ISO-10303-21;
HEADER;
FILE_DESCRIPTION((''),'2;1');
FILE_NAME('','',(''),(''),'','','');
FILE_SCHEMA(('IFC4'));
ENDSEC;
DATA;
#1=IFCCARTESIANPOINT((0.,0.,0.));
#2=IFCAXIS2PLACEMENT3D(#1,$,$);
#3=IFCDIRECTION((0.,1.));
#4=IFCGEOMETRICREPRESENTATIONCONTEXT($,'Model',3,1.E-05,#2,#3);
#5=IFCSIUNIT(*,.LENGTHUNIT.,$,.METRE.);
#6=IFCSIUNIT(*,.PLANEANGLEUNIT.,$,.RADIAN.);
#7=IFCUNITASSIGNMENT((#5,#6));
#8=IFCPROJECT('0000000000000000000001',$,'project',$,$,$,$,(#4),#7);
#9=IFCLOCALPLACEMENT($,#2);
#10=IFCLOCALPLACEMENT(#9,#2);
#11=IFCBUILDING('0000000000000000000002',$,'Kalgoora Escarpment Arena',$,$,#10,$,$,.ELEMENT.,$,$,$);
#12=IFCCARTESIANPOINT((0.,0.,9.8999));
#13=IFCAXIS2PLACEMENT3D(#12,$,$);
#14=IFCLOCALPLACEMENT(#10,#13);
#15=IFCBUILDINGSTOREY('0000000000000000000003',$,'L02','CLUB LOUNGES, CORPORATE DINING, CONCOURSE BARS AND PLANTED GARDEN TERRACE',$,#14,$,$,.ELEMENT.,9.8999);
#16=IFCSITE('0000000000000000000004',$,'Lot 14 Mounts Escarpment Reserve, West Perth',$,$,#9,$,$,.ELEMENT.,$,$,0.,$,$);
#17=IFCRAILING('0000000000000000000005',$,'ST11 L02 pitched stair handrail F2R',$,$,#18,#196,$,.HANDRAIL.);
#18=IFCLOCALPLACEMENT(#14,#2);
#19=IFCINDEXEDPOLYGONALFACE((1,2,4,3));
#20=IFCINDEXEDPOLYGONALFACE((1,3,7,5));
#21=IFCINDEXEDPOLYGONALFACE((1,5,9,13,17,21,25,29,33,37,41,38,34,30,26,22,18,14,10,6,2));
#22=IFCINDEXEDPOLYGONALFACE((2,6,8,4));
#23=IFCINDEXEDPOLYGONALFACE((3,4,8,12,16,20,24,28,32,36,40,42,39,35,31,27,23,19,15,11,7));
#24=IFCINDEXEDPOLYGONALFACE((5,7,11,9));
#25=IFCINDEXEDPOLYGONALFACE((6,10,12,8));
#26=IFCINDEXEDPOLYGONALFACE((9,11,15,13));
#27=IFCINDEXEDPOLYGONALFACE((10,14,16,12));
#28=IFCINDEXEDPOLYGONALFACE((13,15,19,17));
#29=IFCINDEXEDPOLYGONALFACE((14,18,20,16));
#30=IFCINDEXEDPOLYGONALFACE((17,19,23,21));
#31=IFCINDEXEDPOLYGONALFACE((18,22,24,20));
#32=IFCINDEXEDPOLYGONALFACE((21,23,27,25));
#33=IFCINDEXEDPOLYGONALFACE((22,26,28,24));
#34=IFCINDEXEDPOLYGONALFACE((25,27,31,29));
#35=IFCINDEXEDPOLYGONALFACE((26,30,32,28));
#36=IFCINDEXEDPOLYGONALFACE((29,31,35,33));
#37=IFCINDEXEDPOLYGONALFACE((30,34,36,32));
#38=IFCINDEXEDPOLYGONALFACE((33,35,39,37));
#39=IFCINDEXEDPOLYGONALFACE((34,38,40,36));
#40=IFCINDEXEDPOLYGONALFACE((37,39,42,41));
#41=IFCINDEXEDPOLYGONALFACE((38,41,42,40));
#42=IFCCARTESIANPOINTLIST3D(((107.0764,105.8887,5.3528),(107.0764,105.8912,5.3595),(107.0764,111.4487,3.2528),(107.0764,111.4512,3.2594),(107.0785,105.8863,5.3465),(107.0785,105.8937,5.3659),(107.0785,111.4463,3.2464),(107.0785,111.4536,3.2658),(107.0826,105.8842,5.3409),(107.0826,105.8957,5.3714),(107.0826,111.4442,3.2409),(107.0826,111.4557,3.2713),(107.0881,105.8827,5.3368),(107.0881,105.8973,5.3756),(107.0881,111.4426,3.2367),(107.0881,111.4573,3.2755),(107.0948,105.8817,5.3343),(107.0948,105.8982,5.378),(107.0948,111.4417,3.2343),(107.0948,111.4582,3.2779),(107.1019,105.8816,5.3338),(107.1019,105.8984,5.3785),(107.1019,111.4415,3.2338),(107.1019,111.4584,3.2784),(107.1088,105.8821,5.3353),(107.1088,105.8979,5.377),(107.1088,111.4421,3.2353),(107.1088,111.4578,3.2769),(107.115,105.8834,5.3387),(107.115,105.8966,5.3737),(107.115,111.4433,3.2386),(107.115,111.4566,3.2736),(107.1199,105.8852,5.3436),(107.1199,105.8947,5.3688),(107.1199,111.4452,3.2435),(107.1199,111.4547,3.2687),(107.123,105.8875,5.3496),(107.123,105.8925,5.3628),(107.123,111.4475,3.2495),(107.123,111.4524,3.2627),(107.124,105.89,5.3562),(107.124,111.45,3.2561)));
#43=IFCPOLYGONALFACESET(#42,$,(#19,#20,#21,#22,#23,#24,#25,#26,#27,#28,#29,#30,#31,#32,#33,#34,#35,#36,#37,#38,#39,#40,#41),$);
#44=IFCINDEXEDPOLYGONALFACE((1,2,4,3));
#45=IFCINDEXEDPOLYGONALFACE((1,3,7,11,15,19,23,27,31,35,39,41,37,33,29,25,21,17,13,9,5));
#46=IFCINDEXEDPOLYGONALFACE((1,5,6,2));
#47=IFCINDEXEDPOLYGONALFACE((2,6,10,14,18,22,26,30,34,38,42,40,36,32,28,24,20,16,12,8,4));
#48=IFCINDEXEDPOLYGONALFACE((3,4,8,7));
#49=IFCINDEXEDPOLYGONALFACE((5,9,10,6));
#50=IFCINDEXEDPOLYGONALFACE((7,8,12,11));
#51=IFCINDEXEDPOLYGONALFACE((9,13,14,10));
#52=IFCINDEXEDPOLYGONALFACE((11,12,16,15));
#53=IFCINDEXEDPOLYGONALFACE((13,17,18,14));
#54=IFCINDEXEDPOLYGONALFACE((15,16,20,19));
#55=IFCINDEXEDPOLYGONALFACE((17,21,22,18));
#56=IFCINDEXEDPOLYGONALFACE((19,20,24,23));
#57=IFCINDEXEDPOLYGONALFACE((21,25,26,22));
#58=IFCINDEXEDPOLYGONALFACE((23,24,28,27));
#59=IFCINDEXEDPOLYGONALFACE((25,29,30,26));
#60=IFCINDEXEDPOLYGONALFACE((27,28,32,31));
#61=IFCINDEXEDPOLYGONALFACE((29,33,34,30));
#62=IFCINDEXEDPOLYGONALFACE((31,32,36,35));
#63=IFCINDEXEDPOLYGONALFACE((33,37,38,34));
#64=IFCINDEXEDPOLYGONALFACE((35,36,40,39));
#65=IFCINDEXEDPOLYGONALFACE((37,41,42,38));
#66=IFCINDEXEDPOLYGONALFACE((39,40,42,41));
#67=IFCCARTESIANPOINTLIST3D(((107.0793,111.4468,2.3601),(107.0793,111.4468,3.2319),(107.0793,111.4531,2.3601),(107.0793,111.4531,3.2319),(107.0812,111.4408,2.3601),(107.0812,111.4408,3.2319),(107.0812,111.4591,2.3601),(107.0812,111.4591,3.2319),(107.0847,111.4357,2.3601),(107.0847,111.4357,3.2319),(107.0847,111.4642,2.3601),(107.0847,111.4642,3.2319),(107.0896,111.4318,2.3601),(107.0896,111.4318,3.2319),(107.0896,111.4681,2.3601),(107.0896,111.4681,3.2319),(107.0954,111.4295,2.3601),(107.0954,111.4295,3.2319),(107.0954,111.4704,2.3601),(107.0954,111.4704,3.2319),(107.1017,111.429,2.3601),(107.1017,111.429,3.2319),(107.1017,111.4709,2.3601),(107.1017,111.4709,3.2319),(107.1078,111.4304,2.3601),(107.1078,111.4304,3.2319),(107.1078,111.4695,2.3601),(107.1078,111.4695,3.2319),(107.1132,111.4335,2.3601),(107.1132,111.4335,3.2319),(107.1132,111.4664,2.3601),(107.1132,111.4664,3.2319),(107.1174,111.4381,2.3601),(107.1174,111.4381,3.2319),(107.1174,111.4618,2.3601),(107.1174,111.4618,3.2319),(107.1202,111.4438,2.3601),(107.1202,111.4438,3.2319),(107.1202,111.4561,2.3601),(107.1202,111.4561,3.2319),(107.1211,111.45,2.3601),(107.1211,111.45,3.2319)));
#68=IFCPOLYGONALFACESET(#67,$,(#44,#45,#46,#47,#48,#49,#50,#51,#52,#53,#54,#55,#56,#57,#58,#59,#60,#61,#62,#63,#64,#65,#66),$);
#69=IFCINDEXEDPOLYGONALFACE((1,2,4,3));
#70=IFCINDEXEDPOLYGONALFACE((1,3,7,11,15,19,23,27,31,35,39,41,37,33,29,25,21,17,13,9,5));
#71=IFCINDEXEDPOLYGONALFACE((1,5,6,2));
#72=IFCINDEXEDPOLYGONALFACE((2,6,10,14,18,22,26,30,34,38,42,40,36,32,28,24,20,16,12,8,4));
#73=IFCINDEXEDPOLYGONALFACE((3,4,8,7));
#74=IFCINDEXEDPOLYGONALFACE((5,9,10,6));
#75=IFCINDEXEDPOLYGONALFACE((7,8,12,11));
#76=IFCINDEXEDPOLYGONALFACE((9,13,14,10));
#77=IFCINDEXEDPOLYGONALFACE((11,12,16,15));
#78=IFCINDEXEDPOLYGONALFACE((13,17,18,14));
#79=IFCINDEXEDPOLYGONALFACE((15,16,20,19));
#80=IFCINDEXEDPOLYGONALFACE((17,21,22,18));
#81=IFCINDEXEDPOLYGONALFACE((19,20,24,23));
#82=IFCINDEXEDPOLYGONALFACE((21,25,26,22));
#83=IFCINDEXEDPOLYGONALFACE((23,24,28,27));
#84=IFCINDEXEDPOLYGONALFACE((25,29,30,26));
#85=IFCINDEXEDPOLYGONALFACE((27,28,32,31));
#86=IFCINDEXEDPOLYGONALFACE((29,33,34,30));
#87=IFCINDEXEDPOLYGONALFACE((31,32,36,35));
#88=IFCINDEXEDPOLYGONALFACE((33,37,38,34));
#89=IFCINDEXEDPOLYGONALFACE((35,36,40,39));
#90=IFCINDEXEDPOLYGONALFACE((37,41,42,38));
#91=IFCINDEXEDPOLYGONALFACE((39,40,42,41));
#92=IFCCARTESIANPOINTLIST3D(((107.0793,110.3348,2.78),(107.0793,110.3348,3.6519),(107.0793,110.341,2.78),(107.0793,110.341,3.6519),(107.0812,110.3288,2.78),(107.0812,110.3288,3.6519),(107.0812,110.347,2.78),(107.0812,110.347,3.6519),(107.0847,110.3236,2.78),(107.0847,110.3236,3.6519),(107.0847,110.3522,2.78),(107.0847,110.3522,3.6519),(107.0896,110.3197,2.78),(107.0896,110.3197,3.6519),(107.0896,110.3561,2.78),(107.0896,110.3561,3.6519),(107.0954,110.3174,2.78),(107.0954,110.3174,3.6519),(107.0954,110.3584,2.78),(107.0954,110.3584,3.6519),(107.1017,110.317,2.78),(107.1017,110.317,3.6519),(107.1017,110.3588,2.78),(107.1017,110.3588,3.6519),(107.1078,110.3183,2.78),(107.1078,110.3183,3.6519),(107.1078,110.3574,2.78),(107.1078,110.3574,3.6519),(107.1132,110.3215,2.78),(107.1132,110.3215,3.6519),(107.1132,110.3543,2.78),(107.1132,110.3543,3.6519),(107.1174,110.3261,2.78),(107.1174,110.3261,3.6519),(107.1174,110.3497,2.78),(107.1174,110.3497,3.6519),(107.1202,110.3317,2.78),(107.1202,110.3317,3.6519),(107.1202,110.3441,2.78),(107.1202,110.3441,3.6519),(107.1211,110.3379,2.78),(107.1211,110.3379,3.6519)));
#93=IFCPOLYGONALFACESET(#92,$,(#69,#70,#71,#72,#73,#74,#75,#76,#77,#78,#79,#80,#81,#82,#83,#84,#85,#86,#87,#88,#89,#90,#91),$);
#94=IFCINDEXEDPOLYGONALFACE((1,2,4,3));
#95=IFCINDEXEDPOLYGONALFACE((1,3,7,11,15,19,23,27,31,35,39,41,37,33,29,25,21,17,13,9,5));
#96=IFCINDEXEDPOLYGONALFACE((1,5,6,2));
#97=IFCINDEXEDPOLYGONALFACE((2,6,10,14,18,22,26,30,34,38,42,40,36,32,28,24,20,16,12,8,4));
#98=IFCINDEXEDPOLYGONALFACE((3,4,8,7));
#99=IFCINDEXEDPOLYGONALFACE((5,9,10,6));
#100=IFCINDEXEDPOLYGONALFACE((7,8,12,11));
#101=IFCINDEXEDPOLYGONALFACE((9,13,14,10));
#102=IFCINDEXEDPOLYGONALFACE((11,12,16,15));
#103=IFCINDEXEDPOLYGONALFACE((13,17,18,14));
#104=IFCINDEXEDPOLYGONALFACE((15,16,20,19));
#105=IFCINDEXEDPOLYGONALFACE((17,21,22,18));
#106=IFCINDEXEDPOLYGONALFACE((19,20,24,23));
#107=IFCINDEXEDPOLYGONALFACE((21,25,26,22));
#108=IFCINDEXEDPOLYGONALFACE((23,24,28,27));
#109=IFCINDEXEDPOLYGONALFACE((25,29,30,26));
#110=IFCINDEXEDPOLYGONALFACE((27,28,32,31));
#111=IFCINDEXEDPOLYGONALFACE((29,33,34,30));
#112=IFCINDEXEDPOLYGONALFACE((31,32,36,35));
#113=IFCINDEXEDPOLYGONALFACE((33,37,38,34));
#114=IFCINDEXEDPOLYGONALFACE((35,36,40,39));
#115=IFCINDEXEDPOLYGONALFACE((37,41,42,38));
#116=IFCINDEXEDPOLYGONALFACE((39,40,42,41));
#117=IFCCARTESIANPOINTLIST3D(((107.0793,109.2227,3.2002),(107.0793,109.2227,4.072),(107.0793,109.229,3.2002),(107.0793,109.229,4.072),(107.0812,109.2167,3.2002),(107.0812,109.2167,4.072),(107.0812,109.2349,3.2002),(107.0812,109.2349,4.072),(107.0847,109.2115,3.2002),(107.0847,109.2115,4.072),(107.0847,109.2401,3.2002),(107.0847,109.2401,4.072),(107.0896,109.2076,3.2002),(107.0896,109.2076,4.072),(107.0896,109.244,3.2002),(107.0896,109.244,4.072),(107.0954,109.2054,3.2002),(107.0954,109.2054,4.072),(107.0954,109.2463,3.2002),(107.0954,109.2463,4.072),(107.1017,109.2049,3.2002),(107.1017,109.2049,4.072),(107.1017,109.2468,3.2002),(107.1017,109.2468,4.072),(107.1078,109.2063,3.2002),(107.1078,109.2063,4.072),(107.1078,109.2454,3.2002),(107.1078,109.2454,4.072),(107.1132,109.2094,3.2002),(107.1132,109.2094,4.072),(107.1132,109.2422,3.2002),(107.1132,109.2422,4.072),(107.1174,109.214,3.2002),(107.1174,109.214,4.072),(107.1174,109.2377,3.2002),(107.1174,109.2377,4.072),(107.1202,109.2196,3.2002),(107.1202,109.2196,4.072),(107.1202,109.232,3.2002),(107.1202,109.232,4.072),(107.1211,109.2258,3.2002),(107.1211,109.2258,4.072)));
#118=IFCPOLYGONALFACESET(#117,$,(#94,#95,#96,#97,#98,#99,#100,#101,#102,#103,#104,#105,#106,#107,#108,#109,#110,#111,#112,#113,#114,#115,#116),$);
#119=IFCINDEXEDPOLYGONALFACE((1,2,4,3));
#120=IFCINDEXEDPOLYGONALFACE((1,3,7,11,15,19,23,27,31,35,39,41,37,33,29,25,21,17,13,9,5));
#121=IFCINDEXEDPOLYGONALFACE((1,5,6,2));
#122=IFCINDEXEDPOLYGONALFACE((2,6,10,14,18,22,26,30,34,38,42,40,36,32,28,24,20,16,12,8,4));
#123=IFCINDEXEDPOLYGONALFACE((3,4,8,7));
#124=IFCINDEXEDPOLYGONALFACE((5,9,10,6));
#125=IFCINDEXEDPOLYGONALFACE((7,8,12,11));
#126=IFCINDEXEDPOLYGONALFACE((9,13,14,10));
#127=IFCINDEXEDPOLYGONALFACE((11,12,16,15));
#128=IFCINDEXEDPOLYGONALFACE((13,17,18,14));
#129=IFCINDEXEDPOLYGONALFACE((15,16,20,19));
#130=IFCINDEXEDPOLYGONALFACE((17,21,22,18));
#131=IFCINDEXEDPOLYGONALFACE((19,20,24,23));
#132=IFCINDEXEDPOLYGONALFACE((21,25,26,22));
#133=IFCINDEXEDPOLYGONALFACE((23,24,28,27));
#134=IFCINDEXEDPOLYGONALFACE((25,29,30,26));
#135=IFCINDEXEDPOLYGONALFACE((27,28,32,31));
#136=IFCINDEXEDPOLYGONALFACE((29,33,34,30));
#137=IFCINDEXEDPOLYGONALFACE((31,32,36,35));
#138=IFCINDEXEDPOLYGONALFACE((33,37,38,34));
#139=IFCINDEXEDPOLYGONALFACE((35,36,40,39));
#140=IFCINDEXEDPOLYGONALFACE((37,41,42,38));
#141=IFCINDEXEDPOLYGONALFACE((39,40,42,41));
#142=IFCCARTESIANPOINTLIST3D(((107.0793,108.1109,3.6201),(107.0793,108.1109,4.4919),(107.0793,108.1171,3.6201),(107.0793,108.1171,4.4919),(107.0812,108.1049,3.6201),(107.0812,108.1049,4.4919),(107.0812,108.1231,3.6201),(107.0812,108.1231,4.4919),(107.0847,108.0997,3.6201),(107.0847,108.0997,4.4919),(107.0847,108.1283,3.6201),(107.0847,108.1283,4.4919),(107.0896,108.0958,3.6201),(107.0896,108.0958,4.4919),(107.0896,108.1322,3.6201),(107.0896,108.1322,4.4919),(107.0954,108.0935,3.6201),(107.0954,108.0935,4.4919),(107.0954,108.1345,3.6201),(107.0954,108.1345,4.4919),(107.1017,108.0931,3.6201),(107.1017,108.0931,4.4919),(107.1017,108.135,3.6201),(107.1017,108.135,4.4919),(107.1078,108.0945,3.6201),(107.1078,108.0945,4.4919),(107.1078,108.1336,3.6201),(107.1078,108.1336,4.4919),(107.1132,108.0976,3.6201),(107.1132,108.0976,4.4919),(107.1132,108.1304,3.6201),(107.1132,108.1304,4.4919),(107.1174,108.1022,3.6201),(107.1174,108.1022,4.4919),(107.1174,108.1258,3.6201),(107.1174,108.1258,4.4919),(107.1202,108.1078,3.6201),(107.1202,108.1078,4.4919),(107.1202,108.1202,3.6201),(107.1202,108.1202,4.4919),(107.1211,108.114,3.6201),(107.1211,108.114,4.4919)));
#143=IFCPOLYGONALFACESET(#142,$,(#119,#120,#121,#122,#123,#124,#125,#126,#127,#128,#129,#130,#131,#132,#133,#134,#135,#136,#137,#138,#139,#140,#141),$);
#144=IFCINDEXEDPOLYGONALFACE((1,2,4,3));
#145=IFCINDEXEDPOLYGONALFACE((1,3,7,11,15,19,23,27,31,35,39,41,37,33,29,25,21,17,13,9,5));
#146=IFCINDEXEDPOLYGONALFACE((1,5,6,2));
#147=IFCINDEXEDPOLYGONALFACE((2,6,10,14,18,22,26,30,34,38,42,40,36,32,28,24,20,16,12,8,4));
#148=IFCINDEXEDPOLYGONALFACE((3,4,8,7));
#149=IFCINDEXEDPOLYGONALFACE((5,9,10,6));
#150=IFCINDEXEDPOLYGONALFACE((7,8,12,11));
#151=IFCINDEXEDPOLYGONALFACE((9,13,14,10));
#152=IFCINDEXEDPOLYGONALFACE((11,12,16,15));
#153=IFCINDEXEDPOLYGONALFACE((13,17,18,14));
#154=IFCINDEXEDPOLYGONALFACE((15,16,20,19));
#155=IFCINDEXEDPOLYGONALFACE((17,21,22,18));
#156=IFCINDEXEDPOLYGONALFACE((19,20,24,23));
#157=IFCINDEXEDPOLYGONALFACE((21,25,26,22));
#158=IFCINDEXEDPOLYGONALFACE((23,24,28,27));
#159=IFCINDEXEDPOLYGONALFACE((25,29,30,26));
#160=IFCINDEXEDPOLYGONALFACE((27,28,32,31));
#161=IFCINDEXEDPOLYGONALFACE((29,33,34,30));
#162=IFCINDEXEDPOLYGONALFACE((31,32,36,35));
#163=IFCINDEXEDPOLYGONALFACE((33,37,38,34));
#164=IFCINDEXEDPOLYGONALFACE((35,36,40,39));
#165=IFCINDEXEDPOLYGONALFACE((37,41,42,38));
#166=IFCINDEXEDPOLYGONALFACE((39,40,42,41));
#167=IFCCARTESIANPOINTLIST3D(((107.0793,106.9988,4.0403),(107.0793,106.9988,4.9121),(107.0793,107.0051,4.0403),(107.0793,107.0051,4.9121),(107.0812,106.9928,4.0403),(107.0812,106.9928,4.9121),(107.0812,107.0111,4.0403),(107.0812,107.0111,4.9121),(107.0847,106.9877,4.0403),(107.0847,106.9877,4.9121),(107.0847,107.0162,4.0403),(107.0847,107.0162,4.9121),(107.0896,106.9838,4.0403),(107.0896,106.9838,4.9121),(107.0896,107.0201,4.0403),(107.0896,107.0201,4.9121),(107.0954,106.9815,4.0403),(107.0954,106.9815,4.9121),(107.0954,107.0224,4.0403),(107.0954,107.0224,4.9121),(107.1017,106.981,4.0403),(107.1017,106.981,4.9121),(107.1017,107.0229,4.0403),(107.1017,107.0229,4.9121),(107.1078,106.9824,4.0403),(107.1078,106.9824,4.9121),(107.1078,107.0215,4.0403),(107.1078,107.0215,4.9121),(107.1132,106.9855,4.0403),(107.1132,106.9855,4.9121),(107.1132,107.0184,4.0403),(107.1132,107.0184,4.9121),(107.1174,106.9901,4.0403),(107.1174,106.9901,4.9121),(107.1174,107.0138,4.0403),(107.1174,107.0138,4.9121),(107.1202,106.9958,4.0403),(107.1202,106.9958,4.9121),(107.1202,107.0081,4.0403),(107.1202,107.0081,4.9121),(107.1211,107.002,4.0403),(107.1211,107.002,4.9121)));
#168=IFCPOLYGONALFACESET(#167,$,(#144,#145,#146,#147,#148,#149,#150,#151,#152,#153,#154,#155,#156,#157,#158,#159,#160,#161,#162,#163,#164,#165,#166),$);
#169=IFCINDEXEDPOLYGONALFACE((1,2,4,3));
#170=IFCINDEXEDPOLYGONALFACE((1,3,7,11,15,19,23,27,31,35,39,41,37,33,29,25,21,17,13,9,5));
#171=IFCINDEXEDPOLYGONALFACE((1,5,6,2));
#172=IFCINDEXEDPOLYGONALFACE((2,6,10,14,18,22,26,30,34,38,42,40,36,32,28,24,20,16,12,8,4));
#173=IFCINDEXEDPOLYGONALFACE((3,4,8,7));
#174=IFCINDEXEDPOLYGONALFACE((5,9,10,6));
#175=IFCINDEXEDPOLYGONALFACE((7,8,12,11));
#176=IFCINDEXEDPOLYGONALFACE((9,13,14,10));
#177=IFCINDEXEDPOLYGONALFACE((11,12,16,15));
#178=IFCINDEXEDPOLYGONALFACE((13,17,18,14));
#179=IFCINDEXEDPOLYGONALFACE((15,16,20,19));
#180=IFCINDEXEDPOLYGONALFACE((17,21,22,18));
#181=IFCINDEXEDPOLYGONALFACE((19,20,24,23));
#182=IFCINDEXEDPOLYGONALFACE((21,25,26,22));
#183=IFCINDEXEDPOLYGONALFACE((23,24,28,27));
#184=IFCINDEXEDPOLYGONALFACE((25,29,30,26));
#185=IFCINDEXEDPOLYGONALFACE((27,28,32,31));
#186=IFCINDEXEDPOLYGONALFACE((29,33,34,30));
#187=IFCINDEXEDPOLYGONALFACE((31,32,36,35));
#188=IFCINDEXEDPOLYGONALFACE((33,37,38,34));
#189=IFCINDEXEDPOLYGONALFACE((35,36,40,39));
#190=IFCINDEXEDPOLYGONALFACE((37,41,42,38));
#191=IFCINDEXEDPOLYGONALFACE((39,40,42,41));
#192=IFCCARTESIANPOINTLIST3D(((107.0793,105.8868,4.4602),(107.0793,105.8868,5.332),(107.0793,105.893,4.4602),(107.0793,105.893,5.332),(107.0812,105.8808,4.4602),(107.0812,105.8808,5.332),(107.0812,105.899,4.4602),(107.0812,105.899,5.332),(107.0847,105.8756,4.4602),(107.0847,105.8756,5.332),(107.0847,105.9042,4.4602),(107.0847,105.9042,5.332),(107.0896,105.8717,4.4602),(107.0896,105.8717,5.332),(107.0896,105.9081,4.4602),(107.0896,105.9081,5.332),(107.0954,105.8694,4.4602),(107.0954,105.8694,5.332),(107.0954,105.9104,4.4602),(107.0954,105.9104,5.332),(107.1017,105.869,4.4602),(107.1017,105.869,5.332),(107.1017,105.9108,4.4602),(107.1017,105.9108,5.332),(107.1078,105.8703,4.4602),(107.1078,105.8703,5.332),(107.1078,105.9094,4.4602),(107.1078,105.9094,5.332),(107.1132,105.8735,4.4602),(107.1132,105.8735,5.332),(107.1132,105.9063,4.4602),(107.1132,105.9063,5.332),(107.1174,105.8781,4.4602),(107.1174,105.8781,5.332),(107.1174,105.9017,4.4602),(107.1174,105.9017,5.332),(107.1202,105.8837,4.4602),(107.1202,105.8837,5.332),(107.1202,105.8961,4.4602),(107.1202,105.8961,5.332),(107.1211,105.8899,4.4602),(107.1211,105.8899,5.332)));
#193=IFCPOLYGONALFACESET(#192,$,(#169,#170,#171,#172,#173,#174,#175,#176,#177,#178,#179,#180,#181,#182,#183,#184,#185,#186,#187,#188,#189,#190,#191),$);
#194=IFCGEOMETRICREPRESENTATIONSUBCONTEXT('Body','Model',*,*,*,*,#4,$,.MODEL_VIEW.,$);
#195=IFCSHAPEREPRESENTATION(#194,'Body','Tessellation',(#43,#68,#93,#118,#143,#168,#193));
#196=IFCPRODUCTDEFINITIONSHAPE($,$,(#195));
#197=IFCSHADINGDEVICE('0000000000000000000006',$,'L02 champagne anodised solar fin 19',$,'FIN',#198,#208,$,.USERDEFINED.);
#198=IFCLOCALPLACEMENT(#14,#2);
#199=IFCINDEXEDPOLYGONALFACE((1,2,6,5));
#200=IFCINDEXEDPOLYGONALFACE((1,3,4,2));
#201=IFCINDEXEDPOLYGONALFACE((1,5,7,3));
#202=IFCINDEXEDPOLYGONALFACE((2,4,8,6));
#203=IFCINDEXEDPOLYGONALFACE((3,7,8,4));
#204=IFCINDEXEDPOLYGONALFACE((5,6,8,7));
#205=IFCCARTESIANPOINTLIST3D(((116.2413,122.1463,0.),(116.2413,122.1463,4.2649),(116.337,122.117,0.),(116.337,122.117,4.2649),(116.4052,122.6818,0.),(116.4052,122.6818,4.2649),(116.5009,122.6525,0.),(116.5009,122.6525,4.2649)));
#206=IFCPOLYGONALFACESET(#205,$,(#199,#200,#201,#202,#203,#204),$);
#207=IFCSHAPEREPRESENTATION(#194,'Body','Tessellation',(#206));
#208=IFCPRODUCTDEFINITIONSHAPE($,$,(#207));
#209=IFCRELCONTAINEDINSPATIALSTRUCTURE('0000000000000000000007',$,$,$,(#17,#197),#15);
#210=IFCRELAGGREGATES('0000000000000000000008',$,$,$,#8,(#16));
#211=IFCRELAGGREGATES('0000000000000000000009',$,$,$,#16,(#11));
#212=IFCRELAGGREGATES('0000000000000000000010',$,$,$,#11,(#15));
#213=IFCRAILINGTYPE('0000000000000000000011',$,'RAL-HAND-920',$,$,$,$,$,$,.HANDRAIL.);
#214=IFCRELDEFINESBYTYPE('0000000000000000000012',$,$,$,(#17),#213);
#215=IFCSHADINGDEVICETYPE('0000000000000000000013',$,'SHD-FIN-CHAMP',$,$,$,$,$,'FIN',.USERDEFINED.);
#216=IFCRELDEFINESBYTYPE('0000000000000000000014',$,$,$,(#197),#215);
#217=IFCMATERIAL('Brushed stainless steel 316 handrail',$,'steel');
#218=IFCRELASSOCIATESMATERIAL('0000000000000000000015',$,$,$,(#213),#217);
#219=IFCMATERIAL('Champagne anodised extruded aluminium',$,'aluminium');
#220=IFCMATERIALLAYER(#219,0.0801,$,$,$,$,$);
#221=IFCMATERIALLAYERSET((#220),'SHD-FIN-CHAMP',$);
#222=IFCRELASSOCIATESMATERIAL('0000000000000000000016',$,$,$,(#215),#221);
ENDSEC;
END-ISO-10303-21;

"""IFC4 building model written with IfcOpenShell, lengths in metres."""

from ifc_helpers import new_model, si_unit, direction, frame, origin, origin_2d, place, context, subcontext, project, spatial, rectangle, circle, extrude, material, layer, layer_set, type_object, element, save


model = new_model("IFC4")

# Units and contexts
model_context = context("Model", 3, precision=1e-05, world=origin(), true_north=direction((0.0, 1.0)))
body_context = subcontext(model_context, "Body", "Model", "MODEL_VIEW")
ifc_project = project(units=[si_unit("LENGTHUNIT", "METRE"), si_unit("PLANEANGLEUNIT", "RADIAN")], contexts=[model_context])

# Site, building, storey
site_placement = place(None, origin())
site = spatial("IfcSite", under=ifc_project, at=site_placement, Name="Lot 14 Mounts Escarpment Reserve, West Perth", CompositionType="ELEMENT", RefElevation=0.0)
building_placement = place(site_placement, origin())
building = spatial("IfcBuilding", under=site, at=building_placement, Name="Kalgoora Escarpment Arena", CompositionType="ELEMENT")
storey_placement = place(building_placement, frame((0.0, 0.0, 9.8999)))
storey = spatial("IfcBuildingStorey", under=building, at=storey_placement, Name="L02", Description="CLUB LOUNGES, CORPORATE DINING, CONCOURSE BARS AND PLANTED GARDEN TERRACE", CompositionType="ELEMENT", Elevation=9.8999)

# Railing
ifc_material_1 = material(Name="Brushed stainless steel 316 handrail", Category="steel")
railing_type_1 = type_object("IfcRailingType", Name="RAL-HAND-920", PredefinedType="HANDRAIL", material=ifc_material_1)
railing_1_placement = place(storey_placement, frame((107.1001, 111.45, 2.3601)))
element("IfcRailing", 1, at=railing_1_placement, inside=storey, type_object=railing_type_1, Name="ST11 L02 pitched stair handrail F2R", PredefinedType="HANDRAIL", context=body_context, shape_type="SweptSolid", body=[
    extrude(circle(Radius=0.0239, at=origin_2d()), frame((0.0, 0.0, 0.896), z_axis=(0.0, -0.935493, 0.353346), x_axis=(1.0, 0.0, 0.0)), (0.0, 0.0, 1.0), 5.9434),
    extrude(circle(Radius=0.021, at=origin_2d()), origin(), (0.0, 0.0, 1.0), 0.8718),
    extrude(circle(Radius=0.021, at=origin_2d()), frame((0.0, -1.1121, 0.4199)), (0.0, 0.0, 1.0), 0.8718),
    extrude(circle(Radius=0.021, at=origin_2d()), frame((0.0, -2.2241, 0.8401)), (0.0, 0.0, 1.0), 0.8718),
    extrude(circle(Radius=0.021, at=origin_2d()), frame((0.0, -3.3359, 1.26)), (0.0, 0.0, 1.0), 0.8718),
    extrude(circle(Radius=0.021, at=origin_2d()), frame((0.0, -4.448, 1.6802)), (0.0, 0.0, 1.0), 0.8718),
    extrude(circle(Radius=0.021, at=origin_2d()), frame((0.0, -5.5601, 2.1001)), (0.0, 0.0, 1.0), 0.8718),
])

# Shading device
ifc_material_2 = material(Name="Champagne anodised extruded aluminium", Category="aluminium")
ifc_layer_1 = layer(ifc_material_2, 0.0801)
ifc_layer_set_1 = layer_set([ifc_layer_1], Name="SHD-FIN-CHAMP")
shading_device_type = type_object("IfcShadingDeviceType", Name="SHD-FIN-CHAMP", ElementType="FIN", PredefinedType="USERDEFINED", material=ifc_layer_set_1)
shading_device_placement = place(storey_placement, frame((116.3711, 122.3994, 0.0), z_axis=(0.0, 0.0, 1.0), x_axis=(0.292706, 0.956203, 0.0)))
element("IfcShadingDevice", 2, at=shading_device_placement, inside=storey, type_object=shading_device_type, Name="L02 champagne anodised solar fin 19", ObjectType="FIN", PredefinedType="USERDEFINED", context=body_context, shape_type="SweptSolid", body=[
    extrude(rectangle(XDim=0.5601, YDim=0.1001, at=origin_2d()), origin(), (0.0, 0.0, 1.0), 4.2649),
])

save(model, "model.ifc")
